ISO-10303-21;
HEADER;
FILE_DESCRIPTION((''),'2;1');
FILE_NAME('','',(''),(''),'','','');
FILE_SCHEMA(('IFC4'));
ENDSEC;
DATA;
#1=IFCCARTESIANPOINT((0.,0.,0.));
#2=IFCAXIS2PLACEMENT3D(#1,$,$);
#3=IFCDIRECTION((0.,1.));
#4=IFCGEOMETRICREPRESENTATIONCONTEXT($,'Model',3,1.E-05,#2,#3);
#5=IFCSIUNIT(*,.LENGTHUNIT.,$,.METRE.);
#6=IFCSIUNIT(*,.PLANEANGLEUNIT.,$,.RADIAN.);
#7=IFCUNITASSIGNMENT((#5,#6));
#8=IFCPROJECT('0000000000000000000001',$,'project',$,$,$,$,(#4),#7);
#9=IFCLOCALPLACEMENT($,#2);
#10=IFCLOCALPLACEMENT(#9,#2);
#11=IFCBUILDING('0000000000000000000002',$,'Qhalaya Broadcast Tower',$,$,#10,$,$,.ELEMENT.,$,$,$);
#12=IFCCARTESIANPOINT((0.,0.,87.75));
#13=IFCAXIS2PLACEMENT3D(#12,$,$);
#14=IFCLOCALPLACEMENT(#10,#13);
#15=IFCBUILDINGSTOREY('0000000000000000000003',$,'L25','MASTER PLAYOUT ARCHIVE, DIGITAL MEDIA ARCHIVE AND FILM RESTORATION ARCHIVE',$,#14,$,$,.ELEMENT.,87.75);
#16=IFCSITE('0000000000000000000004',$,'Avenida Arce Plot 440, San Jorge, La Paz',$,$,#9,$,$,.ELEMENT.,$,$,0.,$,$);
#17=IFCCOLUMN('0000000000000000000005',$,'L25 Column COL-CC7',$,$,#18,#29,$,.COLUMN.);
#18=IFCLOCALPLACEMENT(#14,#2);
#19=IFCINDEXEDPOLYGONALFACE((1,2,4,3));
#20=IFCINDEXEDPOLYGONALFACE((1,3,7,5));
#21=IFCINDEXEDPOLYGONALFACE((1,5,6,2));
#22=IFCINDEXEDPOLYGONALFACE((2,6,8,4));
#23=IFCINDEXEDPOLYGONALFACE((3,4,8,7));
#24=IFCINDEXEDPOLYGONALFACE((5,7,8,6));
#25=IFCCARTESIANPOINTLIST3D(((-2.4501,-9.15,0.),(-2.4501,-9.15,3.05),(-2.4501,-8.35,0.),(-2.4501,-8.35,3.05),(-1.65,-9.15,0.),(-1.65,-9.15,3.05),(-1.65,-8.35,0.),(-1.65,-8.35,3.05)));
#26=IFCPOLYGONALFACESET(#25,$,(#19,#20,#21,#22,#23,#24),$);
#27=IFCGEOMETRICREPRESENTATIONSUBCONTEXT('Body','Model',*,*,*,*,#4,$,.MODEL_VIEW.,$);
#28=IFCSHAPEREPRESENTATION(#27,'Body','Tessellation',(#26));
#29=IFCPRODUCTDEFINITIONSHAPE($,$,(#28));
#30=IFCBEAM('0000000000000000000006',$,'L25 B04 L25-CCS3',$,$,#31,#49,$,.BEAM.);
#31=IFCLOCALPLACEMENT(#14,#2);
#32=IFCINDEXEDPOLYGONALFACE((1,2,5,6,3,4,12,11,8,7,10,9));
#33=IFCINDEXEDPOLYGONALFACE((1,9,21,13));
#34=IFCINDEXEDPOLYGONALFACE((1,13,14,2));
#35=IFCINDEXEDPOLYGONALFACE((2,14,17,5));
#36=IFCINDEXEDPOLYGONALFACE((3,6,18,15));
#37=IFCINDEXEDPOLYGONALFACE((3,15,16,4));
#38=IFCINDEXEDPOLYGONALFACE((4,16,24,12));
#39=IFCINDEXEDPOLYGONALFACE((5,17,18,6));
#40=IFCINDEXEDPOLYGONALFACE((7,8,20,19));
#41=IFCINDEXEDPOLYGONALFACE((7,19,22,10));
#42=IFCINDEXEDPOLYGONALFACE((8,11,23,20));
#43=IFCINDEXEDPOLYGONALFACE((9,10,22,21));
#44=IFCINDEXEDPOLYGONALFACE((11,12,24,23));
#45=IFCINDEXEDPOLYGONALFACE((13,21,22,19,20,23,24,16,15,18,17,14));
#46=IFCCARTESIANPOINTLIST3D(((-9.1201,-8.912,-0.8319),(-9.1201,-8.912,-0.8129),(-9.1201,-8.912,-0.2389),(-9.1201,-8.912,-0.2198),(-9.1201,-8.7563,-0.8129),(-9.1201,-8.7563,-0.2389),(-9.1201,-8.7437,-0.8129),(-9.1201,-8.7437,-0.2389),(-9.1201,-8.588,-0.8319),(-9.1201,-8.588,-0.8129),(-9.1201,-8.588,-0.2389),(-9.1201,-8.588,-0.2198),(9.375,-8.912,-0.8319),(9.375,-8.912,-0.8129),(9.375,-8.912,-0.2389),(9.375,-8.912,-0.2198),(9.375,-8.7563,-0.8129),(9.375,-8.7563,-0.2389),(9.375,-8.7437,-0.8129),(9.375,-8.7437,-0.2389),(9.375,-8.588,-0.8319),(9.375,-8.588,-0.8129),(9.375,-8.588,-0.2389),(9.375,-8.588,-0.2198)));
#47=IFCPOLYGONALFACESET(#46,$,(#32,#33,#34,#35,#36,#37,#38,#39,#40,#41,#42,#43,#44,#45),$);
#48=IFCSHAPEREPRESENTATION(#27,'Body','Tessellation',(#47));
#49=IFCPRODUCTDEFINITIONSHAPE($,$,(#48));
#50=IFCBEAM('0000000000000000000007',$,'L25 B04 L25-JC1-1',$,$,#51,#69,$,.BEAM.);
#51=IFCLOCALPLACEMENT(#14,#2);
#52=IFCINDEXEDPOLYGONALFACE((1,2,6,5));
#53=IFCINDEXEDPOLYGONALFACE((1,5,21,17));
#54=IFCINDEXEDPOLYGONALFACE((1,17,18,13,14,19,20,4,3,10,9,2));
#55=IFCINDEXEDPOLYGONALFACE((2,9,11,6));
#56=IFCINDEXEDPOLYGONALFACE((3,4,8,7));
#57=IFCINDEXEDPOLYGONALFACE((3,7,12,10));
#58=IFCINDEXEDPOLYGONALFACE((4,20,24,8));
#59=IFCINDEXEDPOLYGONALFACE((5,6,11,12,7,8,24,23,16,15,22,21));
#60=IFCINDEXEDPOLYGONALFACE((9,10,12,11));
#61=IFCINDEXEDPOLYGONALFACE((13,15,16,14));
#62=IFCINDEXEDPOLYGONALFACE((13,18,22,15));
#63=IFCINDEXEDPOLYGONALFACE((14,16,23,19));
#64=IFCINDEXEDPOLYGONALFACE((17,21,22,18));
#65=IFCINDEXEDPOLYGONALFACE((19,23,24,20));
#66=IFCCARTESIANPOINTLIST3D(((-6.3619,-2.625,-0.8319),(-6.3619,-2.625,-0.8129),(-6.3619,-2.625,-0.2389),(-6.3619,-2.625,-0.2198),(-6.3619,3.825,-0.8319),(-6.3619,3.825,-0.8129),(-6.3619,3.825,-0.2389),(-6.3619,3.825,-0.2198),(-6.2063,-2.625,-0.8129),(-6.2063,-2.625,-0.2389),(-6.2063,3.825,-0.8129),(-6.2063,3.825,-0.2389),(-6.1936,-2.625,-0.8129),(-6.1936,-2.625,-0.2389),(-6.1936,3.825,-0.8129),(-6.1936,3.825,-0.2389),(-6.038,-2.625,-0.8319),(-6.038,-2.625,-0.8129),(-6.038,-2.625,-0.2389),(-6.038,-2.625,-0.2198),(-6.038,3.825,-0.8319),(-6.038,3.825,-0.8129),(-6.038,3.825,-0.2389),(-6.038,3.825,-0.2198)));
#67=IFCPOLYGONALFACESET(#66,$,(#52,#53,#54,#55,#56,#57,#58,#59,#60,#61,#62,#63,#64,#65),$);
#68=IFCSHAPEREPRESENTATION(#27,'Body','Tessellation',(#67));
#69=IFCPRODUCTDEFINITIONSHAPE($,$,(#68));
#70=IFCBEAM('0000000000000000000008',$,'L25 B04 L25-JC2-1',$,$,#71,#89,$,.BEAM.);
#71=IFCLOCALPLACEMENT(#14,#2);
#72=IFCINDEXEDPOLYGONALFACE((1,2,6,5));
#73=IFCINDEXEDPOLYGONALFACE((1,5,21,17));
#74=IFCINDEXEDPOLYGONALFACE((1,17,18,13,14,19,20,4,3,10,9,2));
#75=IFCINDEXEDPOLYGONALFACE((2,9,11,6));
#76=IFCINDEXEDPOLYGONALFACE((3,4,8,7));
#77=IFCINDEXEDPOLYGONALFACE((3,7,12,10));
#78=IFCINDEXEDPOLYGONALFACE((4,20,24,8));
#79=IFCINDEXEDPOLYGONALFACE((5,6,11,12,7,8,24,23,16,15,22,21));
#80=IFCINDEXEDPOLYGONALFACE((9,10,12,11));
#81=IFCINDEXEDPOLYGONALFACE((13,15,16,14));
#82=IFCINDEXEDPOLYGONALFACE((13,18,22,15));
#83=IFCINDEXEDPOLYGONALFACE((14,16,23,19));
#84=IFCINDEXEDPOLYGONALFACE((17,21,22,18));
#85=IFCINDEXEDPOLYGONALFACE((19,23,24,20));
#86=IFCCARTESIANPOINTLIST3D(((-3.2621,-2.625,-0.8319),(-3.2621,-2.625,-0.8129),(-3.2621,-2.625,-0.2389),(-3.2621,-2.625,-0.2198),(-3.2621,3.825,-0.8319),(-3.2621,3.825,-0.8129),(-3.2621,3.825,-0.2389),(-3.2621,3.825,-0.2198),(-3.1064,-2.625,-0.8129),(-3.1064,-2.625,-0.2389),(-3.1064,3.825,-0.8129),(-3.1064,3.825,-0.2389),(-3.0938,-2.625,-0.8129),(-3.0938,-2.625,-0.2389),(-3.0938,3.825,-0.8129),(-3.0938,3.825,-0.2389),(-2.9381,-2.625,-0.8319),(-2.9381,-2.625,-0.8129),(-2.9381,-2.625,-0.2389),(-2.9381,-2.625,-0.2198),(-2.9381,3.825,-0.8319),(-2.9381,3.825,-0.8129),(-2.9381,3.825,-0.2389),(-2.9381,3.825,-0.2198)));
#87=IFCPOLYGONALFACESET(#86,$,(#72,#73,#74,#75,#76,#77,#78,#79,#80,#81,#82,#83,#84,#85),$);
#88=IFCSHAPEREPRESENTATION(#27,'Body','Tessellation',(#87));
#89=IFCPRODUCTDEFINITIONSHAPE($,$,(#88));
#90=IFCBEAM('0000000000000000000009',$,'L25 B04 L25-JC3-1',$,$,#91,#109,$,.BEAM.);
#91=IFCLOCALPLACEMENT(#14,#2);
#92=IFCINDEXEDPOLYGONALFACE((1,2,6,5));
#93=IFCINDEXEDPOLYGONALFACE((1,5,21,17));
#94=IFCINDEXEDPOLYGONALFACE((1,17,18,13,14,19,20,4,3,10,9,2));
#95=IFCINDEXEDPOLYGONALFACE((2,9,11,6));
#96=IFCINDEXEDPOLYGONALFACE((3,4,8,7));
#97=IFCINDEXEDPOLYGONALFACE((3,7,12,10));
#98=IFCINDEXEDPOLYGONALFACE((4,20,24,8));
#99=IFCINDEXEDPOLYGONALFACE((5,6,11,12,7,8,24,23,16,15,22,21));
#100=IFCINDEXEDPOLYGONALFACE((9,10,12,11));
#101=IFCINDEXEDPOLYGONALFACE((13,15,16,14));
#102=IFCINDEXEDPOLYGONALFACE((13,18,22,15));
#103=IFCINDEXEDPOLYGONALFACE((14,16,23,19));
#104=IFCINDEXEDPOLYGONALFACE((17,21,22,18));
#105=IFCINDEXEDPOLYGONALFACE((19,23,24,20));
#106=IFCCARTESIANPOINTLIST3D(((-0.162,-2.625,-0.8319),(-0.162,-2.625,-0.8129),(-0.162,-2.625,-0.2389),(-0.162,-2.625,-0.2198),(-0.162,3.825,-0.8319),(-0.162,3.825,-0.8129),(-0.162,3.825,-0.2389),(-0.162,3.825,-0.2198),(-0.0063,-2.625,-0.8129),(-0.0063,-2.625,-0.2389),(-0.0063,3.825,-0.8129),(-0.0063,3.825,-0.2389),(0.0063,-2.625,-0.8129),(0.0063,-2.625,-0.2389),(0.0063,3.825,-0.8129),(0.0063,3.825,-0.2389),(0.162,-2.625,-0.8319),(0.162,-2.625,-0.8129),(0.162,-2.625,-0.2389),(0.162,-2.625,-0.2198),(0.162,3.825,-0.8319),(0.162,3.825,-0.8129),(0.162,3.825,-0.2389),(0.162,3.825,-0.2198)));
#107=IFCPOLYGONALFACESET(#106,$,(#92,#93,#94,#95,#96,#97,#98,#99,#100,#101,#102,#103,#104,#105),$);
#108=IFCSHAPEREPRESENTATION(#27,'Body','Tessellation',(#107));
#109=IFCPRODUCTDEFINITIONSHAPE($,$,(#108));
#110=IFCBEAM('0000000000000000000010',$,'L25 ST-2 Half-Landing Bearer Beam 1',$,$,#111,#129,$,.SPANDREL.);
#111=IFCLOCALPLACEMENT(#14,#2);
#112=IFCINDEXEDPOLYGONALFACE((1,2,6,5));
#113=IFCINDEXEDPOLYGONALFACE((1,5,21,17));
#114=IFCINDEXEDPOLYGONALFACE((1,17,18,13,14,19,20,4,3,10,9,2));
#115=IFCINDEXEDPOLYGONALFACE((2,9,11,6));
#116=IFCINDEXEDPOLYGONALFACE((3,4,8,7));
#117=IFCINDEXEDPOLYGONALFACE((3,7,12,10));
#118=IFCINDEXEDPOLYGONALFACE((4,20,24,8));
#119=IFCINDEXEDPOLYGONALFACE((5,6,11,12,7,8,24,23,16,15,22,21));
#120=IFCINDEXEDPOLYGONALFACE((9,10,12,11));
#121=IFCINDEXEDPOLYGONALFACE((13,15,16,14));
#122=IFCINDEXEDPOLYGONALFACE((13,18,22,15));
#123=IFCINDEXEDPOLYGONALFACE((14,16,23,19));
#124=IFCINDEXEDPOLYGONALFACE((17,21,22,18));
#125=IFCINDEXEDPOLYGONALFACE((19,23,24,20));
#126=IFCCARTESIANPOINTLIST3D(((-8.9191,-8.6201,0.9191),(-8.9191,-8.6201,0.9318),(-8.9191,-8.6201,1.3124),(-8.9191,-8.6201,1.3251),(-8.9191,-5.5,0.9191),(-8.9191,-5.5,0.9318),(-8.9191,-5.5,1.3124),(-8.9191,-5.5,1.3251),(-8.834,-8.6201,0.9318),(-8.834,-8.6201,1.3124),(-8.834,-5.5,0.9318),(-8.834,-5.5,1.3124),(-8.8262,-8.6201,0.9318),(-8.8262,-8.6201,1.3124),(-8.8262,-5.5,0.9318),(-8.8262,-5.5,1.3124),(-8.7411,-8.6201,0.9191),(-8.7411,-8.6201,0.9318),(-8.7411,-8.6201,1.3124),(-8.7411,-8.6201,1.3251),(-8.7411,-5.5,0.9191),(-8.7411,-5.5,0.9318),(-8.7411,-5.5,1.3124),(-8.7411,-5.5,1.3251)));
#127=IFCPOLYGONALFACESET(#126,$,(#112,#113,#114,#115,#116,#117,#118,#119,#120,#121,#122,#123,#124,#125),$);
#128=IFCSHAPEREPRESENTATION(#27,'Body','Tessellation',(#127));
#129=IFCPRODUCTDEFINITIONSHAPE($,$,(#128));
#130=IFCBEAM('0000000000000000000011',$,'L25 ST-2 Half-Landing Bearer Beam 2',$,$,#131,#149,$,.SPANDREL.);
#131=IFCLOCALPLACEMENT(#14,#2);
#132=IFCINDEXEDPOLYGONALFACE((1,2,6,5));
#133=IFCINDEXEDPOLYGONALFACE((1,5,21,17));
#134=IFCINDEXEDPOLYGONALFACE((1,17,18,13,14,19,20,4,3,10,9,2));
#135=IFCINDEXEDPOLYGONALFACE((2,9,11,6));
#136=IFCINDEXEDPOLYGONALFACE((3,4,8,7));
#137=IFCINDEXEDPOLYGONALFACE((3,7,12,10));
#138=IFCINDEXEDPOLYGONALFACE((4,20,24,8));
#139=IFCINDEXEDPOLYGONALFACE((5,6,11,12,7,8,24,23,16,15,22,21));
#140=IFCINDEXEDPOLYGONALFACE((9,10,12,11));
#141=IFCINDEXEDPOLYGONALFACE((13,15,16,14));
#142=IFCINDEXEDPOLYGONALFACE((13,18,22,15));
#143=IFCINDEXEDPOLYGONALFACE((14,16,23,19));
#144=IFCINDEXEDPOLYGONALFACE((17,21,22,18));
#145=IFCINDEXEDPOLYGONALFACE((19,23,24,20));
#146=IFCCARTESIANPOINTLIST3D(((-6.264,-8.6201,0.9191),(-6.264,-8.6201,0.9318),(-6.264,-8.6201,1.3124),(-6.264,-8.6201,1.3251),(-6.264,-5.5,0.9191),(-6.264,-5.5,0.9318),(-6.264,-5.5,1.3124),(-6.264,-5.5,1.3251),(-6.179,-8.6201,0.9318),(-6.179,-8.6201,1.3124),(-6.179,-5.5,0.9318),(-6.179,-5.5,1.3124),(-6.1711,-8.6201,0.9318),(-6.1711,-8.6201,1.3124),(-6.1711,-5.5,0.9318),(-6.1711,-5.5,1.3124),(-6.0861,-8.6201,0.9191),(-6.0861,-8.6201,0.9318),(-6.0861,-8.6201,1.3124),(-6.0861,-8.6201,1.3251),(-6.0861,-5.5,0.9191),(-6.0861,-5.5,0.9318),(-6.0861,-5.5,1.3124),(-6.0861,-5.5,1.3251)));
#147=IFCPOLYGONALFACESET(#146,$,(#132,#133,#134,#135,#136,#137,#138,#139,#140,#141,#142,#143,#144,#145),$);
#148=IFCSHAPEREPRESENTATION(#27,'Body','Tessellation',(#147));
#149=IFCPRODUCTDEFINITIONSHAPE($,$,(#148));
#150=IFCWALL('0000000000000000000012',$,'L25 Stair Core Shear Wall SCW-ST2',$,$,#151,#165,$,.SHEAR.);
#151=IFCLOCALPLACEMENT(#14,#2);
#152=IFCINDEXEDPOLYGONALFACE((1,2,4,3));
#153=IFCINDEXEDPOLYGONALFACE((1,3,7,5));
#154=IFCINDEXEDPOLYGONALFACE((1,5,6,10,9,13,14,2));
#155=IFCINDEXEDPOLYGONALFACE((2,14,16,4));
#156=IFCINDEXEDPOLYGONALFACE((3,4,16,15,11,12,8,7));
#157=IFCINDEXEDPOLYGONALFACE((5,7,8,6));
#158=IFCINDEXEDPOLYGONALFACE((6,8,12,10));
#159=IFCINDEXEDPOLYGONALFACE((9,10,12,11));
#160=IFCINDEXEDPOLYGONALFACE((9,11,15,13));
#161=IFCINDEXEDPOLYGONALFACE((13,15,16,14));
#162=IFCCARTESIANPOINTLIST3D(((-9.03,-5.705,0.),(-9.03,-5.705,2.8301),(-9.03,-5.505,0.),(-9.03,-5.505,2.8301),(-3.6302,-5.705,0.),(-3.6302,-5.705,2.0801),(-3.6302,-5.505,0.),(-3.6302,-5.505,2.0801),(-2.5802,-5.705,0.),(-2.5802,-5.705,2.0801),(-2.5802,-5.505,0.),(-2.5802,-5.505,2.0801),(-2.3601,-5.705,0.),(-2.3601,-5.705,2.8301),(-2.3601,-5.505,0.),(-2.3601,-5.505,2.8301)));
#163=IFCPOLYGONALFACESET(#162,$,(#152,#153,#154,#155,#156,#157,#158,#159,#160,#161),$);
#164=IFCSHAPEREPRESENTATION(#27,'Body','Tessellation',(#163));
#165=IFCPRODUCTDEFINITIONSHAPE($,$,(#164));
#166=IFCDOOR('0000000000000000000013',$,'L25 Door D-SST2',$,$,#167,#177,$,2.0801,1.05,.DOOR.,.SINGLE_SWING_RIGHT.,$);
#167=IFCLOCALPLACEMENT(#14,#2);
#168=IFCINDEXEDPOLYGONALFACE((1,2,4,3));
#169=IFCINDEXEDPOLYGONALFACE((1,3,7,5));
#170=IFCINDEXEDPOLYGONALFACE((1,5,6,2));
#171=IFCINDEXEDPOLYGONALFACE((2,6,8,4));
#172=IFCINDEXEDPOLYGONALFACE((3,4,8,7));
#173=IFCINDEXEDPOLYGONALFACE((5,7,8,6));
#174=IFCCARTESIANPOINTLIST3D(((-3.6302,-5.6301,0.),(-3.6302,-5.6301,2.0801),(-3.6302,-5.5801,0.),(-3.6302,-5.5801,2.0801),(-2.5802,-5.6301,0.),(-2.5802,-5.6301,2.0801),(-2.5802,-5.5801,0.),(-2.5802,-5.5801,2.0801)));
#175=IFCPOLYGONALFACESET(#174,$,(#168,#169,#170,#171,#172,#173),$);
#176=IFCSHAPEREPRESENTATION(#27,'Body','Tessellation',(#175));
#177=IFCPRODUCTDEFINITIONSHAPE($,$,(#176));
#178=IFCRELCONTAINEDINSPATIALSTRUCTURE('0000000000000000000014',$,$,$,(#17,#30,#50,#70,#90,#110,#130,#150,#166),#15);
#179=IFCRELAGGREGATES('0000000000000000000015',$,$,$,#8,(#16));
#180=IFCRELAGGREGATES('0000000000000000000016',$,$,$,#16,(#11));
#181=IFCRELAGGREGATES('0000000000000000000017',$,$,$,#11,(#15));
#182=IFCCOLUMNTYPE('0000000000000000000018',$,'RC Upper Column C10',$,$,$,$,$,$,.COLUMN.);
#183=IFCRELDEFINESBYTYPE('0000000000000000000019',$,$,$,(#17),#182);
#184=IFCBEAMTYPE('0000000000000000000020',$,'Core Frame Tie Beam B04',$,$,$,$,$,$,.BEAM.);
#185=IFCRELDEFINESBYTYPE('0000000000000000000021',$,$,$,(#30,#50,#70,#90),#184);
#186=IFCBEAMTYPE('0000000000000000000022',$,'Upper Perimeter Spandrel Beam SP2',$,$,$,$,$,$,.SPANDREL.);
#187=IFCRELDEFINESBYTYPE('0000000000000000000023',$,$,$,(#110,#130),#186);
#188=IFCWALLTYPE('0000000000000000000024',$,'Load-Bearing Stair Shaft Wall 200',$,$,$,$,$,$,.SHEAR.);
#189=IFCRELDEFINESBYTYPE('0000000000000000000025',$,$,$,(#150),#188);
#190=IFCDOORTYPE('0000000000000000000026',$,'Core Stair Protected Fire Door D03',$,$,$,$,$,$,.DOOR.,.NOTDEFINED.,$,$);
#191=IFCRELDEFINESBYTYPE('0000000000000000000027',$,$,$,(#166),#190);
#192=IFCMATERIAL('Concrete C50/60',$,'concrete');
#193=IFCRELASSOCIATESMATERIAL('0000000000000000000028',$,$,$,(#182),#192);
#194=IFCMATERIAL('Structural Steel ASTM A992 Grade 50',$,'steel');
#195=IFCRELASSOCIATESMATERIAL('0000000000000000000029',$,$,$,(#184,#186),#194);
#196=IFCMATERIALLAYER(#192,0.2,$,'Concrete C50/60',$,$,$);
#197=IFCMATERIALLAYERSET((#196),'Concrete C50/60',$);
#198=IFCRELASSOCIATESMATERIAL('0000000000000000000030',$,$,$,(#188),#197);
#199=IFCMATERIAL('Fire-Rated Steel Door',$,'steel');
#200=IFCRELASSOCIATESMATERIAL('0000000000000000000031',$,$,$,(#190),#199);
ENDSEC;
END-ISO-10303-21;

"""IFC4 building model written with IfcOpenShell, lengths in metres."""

from ifc_helpers import new_model, si_unit, direction, frame, frame_2d, origin, origin_2d, place, context, subcontext, project, spatial, rectangle, i_section, extrude, material, layer, layer_set, material_profile, profile_set, type_object, element, fill, save


model = new_model("IFC4")

# Units and contexts
model_context = context("Model", 3, precision=1e-05, world=origin(), true_north=direction((0.0, 1.0)))
body_context = subcontext(model_context, "Body", "Model", "MODEL_VIEW")
ifc_project = project(units=[si_unit("LENGTHUNIT", "METRE"), si_unit("PLANEANGLEUNIT", "RADIAN")], contexts=[model_context])

# Site, building, storey
site_placement = place(None, origin())
site = spatial("IfcSite", under=ifc_project, at=site_placement, Name="Avenida Arce Plot 440, San Jorge, La Paz", CompositionType="ELEMENT", RefElevation=0.0)
building_placement = place(site_placement, origin())
building = spatial("IfcBuilding", under=site, at=building_placement, Name="Qhalaya Broadcast Tower", CompositionType="ELEMENT")
storey_placement = place(building_placement, frame((0.0, 0.0, 87.75)))
storey = spatial("IfcBuildingStorey", under=building, at=storey_placement, Name="L25", Description="MASTER PLAYOUT ARCHIVE, DIGITAL MEDIA ARCHIVE AND FILM RESTORATION ARCHIVE", CompositionType="ELEMENT", Elevation=87.75)

# Column
ifc_material_1 = material(Name="Concrete C50/60", Category="concrete")
ifc_material_profile_1 = material_profile(ifc_material_1, rectangle(XDim=0.8, YDim=0.8, at=origin_2d()), Name="RC-COL 800x800")
ifc_profile_set_1 = profile_set([ifc_material_profile_1], Name="Concrete C50/60")
column_type = type_object("IfcColumnType", Name="RC Upper Column C10", PredefinedType="COLUMN", material=ifc_profile_set_1)
column_placement = place(storey_placement, frame((-2.05, -8.75, 0.0), z_axis=(0.0, 0.0, 1.0), x_axis=(1.0, 0.0, 0.0)))
element("IfcColumn", 1, at=column_placement, inside=storey, type_object=column_type, Name="L25 Column COL-CC7", PredefinedType="COLUMN", context=body_context, shape_type="SweptSolid", body=[
    extrude(rectangle(XDim=0.8, YDim=0.8, at=origin_2d()), origin(), (0.0, 0.0, 1.0), 3.05),
])

# Beams
ifc_material_2 = material(Name="Structural Steel ASTM A992 Grade 50", Category="steel")
ifc_material_profile_2 = material_profile(ifc_material_2, i_section(OverallWidth=0.324, OverallDepth=0.6121, WebThickness=0.0127, FlangeThickness=0.019, at=origin_2d()), Name="W24X104")
ifc_profile_set_2 = profile_set([ifc_material_profile_2], Name="Structural Steel ASTM A992 Grade 50")
beam_type_1 = type_object("IfcBeamType", Name="Core Frame Tie Beam B04", PredefinedType="BEAM", material=ifc_profile_set_2)
beam_placement = place(storey_placement, frame((-9.1201, -8.75, -0.5259), z_axis=(1.0, 0.0, 0.0), x_axis=(0.0, 1.0, 0.0)))
element("IfcBeam", 2, at=beam_placement, inside=storey, type_object=beam_type_1, Name="L25 B04 L25-CCS3", PredefinedType="BEAM", context=body_context, shape_type="SweptSolid", body=[
    extrude(i_section(OverallWidth=0.324, OverallDepth=0.6121, WebThickness=0.0127, FlangeThickness=0.019, at=origin_2d()), origin(), (0.0, 0.0, 1.0), 18.4951),
])
for number, where, z_axis, x_axis, name in (
    (3, (-6.2, -2.625, -0.5259), (0.0, 1.0, 0.0), (-1.0, 0.0, 0.0), "L25 B04 L25-JC1-1"),
    (4, (-3.1001, -2.625, -0.5259), (0.0, 1.0, 0.0), (-1.0, 0.0, 0.0), "L25 B04 L25-JC2-1"),
    (5, (0.0, -2.625, -0.5259), (0.0, 1.0, 0.0), (-1.0, 0.0, 0.0), "L25 B04 L25-JC3-1"),
):
    element("IfcBeam", number, at=place(storey_placement, frame(where, z_axis=z_axis, x_axis=x_axis)), inside=storey, type_object=beam_type_1, Name=name, PredefinedType="BEAM", context=body_context, shape_type="SweptSolid", body=[
        extrude(i_section(OverallWidth=0.324, OverallDepth=0.6121, WebThickness=0.0127, FlangeThickness=0.019, at=origin_2d()), origin(), (0.0, 0.0, 1.0), 6.45),
    ])
ifc_material_profile_3 = material_profile(ifc_material_2, i_section(OverallWidth=0.178, OverallDepth=0.406, WebThickness=0.0078, FlangeThickness=0.0127, at=origin_2d()), Name="W16X40")
ifc_profile_set_3 = profile_set([ifc_material_profile_3], Name="Structural Steel ASTM A992 Grade 50")
beam_type_2 = type_object("IfcBeamType", Name="Upper Perimeter Spandrel Beam SP2", PredefinedType="SPANDREL", material=ifc_profile_set_3)
for number, where, z_axis, x_axis, name in (
    (6, (-8.8301, -8.6201, 1.1221), (0.0, 1.0, 0.0), (-1.0, 0.0, 0.0), "L25 ST-2 Half-Landing Bearer Beam 1"),
    (7, (-6.175, -8.6201, 1.1221), (0.0, 1.0, 0.0), (-1.0, 0.0, 0.0), "L25 ST-2 Half-Landing Bearer Beam 2"),
):
    element("IfcBeam", number, at=place(storey_placement, frame(where, z_axis=z_axis, x_axis=x_axis)), inside=storey, type_object=beam_type_2, Name=name, PredefinedType="SPANDREL", context=body_context, shape_type="SweptSolid", body=[
        extrude(i_section(OverallWidth=0.178, OverallDepth=0.406, WebThickness=0.0078, FlangeThickness=0.0127, at=origin_2d()), origin(), (0.0, 0.0, 1.0), 3.1201),
    ])

# Wall, opening, door
ifc_layer_1 = layer(ifc_material_1, 0.2, Name="Concrete C50/60")
ifc_layer_set_1 = layer_set([ifc_layer_1], Name="Concrete C50/60")
wall_type_1 = type_object("IfcWallType", Name="Load-Bearing Stair Shaft Wall 200", PredefinedType="SHEAR", material=ifc_layer_set_1)
wall_1_placement = place(storey_placement, frame((-9.03, -5.605, 0.0), z_axis=(0.0, 0.0, 1.0), x_axis=(1.0, 0.0, 0.0)))
wall_1 = element("IfcWall", 8, at=wall_1_placement, inside=storey, type_object=wall_type_1, Name="L25 Stair Core Shear Wall SCW-ST2", PredefinedType="SHEAR", context=body_context, shape_type="SweptSolid", body=[
    extrude(rectangle(XDim=6.6699, YDim=0.2, at=frame_2d((3.335, 0.0))), origin(), (0.0, 0.0, 1.0), 2.8301),
])
opening_1_placement = place(wall_1_placement, frame((5.3999, 0.0, 0.0)))
opening_1 = element("IfcOpeningElement", 9, at=opening_1_placement, cuts=wall_1, PredefinedType="OPENING", context=body_context, shape_type="SweptSolid", body=[
    extrude(rectangle(XDim=1.05, YDim=2.0801, at=frame_2d((0.5249, 1.04))), frame((0.0, 0.1121, 0.0), z_axis=(0.0, -1.0, 0.0), x_axis=(1.0, 0.0, 0.0)), (0.0, 0.0, 1.0), 0.2239),
])
ifc_material_3 = material(Name="Fire-Rated Steel Door", Category="steel")
door_type_1 = type_object("IfcDoorType", Name="Core Stair Protected Fire Door D03", OperationType="NOTDEFINED", PredefinedType="DOOR", material=ifc_material_3)
door_1_placement = place(opening_1_placement, origin())
door_1 = element("IfcDoor", 10, at=door_1_placement, inside=storey, type_object=door_type_1, Name="L25 Door D-SST2", OperationType="SINGLE_SWING_RIGHT", OverallHeight=2.0801, OverallWidth=1.05, PredefinedType="DOOR", context=body_context, shape_type="SweptSolid", body=[
    extrude(rectangle(XDim=1.05, YDim=2.0801, at=frame_2d((0.5249, 1.04))), frame((0.0, 0.0249, 0.0), z_axis=(0.0, -1.0, 0.0), x_axis=(1.0, 0.0, 0.0)), (0.0, 0.0, 1.0), 0.05),
])
fill(opening_1, door_1)

save(model, "model.ifc")
